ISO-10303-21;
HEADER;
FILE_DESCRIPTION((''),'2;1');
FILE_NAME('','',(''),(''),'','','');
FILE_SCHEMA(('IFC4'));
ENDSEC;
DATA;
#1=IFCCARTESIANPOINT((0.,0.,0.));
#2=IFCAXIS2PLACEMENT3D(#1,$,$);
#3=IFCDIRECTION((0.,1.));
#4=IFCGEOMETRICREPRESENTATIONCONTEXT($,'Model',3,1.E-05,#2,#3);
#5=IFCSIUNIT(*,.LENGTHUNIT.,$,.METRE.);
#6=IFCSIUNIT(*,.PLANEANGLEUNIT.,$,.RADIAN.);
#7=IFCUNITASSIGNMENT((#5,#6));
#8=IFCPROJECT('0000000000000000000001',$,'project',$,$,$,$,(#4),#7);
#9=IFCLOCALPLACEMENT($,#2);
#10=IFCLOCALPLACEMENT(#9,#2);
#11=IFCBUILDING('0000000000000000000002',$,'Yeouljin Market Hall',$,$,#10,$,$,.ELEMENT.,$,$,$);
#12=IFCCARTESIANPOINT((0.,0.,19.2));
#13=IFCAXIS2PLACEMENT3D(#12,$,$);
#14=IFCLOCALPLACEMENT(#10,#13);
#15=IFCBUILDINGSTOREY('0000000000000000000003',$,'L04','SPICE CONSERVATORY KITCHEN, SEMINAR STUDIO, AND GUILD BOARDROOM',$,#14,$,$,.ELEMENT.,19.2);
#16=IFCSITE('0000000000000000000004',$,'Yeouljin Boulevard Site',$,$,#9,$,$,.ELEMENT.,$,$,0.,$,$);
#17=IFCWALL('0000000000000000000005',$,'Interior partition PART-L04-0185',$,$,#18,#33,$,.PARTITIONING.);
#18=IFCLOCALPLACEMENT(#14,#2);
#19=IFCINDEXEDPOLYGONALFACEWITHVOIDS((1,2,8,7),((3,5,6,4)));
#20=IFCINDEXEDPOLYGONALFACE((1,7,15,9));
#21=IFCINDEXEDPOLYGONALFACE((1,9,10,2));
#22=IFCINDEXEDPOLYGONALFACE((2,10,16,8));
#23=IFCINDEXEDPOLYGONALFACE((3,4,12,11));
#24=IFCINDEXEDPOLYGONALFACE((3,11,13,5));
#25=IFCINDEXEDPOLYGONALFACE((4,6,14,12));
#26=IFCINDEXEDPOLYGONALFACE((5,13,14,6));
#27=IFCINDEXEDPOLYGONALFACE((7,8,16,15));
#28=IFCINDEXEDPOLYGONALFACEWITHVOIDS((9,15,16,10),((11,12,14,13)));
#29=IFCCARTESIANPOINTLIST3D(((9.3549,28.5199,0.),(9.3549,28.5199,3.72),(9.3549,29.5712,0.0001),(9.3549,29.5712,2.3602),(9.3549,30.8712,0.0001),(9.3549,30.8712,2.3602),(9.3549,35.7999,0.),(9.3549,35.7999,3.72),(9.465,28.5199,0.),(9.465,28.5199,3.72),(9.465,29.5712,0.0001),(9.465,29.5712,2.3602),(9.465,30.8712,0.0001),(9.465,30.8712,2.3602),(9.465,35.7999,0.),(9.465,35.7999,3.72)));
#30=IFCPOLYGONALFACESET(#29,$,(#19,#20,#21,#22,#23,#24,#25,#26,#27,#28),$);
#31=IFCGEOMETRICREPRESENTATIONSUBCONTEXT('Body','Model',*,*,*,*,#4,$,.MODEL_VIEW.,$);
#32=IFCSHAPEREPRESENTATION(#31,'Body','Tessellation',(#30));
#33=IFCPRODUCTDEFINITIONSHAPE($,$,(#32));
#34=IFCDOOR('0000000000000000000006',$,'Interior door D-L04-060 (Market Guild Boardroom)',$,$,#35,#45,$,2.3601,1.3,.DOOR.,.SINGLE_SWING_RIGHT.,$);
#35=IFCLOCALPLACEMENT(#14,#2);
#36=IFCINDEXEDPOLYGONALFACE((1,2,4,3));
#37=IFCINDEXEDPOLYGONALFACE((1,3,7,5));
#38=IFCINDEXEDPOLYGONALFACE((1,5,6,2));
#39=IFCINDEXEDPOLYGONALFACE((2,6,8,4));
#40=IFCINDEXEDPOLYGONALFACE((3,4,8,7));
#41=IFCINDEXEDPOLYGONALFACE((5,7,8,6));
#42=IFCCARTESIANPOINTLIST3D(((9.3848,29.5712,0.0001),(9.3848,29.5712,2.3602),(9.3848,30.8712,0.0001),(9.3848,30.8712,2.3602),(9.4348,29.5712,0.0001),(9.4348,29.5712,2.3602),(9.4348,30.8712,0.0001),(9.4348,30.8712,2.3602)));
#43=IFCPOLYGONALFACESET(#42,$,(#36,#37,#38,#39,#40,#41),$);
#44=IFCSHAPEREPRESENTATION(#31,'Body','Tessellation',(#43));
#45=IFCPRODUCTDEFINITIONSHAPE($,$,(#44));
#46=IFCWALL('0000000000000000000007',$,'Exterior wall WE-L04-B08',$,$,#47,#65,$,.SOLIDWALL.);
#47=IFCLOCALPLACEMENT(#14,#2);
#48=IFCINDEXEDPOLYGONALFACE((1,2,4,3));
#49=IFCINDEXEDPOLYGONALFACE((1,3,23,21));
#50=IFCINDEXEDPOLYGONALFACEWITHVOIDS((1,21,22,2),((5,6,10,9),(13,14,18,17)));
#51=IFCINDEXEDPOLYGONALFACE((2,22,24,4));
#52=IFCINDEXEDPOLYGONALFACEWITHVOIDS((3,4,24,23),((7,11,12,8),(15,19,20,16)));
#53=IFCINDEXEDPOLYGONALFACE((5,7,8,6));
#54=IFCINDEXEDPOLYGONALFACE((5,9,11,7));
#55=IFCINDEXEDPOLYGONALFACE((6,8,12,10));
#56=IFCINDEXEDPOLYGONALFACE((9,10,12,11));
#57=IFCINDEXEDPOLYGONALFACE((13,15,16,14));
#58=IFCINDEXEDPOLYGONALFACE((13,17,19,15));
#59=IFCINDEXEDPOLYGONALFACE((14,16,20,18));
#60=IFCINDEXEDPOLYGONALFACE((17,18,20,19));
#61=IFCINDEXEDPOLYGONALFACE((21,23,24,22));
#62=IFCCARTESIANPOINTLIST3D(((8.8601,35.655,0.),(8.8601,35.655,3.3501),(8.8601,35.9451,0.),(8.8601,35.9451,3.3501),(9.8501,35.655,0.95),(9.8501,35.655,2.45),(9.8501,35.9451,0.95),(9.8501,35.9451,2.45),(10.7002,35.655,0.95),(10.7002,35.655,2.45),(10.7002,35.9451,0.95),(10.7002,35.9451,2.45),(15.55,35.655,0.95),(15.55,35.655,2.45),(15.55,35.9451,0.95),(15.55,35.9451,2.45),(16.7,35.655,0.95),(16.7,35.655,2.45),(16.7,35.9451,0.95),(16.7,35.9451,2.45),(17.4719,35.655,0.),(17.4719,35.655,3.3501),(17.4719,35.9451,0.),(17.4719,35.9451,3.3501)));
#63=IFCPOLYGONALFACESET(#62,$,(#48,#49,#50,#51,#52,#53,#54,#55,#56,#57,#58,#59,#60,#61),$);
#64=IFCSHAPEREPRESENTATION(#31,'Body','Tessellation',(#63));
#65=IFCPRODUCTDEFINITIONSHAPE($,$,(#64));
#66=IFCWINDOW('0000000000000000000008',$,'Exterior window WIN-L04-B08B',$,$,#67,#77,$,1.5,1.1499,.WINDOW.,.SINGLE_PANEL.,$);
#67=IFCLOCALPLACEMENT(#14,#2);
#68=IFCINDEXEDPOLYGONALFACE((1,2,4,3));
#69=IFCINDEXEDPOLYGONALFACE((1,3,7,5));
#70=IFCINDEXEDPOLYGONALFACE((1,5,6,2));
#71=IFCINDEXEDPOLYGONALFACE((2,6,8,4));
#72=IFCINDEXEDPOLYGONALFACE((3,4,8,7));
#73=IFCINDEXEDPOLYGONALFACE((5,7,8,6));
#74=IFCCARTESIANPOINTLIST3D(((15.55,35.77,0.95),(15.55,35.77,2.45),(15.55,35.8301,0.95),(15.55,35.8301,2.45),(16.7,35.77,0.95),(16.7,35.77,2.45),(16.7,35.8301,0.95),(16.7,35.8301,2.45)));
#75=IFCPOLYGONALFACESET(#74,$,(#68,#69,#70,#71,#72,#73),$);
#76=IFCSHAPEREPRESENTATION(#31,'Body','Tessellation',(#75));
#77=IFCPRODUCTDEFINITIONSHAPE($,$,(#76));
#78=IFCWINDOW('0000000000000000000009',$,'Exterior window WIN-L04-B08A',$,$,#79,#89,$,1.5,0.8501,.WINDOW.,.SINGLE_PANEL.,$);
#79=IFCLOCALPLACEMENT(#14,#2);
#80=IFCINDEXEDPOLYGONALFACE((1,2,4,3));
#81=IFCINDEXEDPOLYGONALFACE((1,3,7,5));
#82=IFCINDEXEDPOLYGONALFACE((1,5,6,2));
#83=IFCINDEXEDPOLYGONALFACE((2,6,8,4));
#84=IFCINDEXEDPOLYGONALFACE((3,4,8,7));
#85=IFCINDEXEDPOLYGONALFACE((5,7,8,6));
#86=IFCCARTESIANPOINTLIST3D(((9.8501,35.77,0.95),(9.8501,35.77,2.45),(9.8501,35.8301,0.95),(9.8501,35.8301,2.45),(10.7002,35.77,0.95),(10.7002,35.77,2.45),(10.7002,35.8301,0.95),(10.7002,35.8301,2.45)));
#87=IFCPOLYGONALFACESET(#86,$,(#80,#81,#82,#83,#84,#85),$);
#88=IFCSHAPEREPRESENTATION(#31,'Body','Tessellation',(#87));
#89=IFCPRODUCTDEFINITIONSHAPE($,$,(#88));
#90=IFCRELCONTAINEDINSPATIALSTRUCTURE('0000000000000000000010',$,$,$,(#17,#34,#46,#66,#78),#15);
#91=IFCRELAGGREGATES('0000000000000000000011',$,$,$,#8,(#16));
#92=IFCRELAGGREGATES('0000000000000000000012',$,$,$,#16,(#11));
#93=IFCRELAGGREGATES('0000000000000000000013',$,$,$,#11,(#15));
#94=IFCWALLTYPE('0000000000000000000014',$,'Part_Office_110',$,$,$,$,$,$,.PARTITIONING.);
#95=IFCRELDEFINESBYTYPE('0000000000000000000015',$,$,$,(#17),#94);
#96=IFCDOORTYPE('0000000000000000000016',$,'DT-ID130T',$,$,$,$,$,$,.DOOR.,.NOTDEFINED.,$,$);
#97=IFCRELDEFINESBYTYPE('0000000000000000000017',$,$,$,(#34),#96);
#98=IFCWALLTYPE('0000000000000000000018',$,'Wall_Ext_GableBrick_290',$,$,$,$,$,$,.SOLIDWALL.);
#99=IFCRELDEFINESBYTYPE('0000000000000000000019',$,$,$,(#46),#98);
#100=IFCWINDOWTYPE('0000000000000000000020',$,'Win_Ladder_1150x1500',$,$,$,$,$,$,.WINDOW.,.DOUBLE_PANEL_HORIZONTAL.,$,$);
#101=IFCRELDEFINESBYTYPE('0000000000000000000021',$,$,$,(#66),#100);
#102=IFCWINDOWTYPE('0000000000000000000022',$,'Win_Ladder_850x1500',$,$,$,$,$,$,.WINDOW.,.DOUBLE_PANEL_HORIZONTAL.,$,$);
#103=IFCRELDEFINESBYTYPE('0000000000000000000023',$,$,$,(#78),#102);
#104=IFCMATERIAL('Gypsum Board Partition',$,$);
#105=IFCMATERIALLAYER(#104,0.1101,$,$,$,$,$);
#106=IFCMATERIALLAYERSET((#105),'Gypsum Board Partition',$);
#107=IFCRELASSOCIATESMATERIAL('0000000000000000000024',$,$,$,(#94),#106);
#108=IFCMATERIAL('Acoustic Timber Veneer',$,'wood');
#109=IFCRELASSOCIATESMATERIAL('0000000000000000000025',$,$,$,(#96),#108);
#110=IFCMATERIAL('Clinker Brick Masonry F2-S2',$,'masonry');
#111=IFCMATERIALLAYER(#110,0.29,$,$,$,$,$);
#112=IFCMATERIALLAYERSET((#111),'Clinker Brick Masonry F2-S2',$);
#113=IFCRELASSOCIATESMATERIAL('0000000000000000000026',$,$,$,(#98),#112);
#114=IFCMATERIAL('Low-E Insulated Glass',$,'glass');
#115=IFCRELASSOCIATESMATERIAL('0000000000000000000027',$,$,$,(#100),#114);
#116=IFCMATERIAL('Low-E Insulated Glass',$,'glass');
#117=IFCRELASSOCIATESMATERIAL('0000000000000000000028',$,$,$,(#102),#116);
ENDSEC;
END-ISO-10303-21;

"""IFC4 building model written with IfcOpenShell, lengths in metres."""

from ifc_helpers import new_model, si_unit, direction, frame, frame_2d, origin, place, context, subcontext, project, spatial, rectangle, extrude, material, layer, layer_set, type_object, element, fill, save


model = new_model("IFC4")

# Units and contexts
model_context = context("Model", 3, precision=1e-05, world=origin(), true_north=direction((0.0, 1.0)))
body_context = subcontext(model_context, "Body", "Model", "MODEL_VIEW")
ifc_project = project(units=[si_unit("LENGTHUNIT", "METRE"), si_unit("PLANEANGLEUNIT", "RADIAN")], contexts=[model_context])

# Site, building, storey
site_placement = place(None, origin())
site = spatial("IfcSite", under=ifc_project, at=site_placement, Name="Yeouljin Boulevard Site", CompositionType="ELEMENT", RefElevation=0.0)
building_placement = place(site_placement, origin())
building = spatial("IfcBuilding", under=site, at=building_placement, Name="Yeouljin Market Hall", CompositionType="ELEMENT")
storey_placement = place(building_placement, frame((0.0, 0.0, 19.2)))
storey = spatial("IfcBuildingStorey", under=building, at=storey_placement, Name="L04", Description="SPICE CONSERVATORY KITCHEN, SEMINAR STUDIO, AND GUILD BOARDROOM", CompositionType="ELEMENT", Elevation=19.2)

# Wall, opening, door
ifc_material_1 = material(Name="Gypsum Board Partition")
ifc_layer_1 = layer(ifc_material_1, 0.1101)
ifc_layer_set_1 = layer_set([ifc_layer_1], Name="Gypsum Board Partition")
wall_type_1 = type_object("IfcWallType", Name="Part_Office_110", PredefinedType="PARTITIONING", material=ifc_layer_set_1)
wall_1_placement = place(storey_placement, frame((9.4099, 35.8, 0.0), z_axis=(0.0, 0.0, 1.0), x_axis=(0.0, -1.0, 0.0)))
wall_1 = element("IfcWall", 1, at=wall_1_placement, inside=storey, type_object=wall_type_1, Name="Interior partition PART-L04-0185", PredefinedType="PARTITIONING", context=body_context, shape_type="SweptSolid", body=[
    extrude(rectangle(XDim=7.28, YDim=0.1101, at=frame_2d((3.6401, 0.0))), origin(), (0.0, 0.0, 1.0), 3.72),
])
opening_1_placement = place(wall_1_placement, frame((4.929, 0.0, 0.0)))
opening_1 = element("IfcOpeningElement", 2, at=opening_1_placement, cuts=wall_1, PredefinedType="OPENING", context=body_context, shape_type="SweptSolid", body=[
    extrude(rectangle(XDim=1.3, YDim=2.3601, at=frame_2d((0.6499, 1.1802))), frame((0.0, 0.0649, 0.0), z_axis=(0.0, -1.0, 0.0), x_axis=(1.0, 0.0, 0.0)), (0.0, 0.0, 1.0), 0.1301),
])
ifc_material_2 = material(Name="Acoustic Timber Veneer", Category="wood")
door_type = type_object("IfcDoorType", Name="DT-ID130T", OperationType="NOTDEFINED", PredefinedType="DOOR", material=ifc_material_2)
door_placement = place(opening_1_placement, origin())
door = element("IfcDoor", 3, at=door_placement, inside=storey, type_object=door_type, Name="Interior door D-L04-060 (Market Guild Boardroom)", OperationType="SINGLE_SWING_RIGHT", OverallHeight=2.3601, OverallWidth=1.3, PredefinedType="DOOR", context=body_context, shape_type="SweptSolid", body=[
    extrude(rectangle(XDim=1.3, YDim=2.3601, at=frame_2d((0.6499, 1.1802))), frame((0.0, 0.0249, 0.0), z_axis=(0.0, -1.0, 0.0), x_axis=(1.0, 0.0, 0.0)), (0.0, 0.0, 1.0), 0.05),
])
fill(opening_1, door)

# Wall, openings, windows
ifc_material_3 = material(Name="Clinker Brick Masonry F2-S2", Category="masonry")
ifc_layer_2 = layer(ifc_material_3, 0.29)
ifc_layer_set_2 = layer_set([ifc_layer_2], Name="Clinker Brick Masonry F2-S2")
wall_type_2 = type_object("IfcWallType", Name="Wall_Ext_GableBrick_290", PredefinedType="SOLIDWALL", material=ifc_layer_set_2)
wall_2_placement = place(storey_placement, frame((8.8601, 35.8, 0.0), z_axis=(0.0, 0.0, 1.0), x_axis=(1.0, 0.0, 0.0)))
wall_2 = element("IfcWall", 4, at=wall_2_placement, inside=storey, type_object=wall_type_2, Name="Exterior wall WE-L04-B08", PredefinedType="SOLIDWALL", context=body_context, shape_type="SweptSolid", body=[
    extrude(rectangle(XDim=8.6118, YDim=0.29, at=frame_2d((4.3059, 0.0))), origin(), (0.0, 0.0, 1.0), 3.3501),
])
opening_2_placement = place(wall_2_placement, frame((0.99, 0.0, 0.95)))
opening_2 = element("IfcOpeningElement", 5, at=opening_2_placement, cuts=wall_2, PredefinedType="OPENING", context=body_context, shape_type="SweptSolid", body=[
    extrude(rectangle(XDim=0.8501, YDim=1.5, at=frame_2d((0.425, 0.75))), frame((0.0, 0.155, 0.0), z_axis=(0.0, -1.0, 0.0), x_axis=(1.0, 0.0, 0.0)), (0.0, 0.0, 1.0), 0.3101),
])
opening_3_placement = place(wall_2_placement, frame((6.6899, 0.0, 0.95)))
opening_3 = element("IfcOpeningElement", 6, at=opening_3_placement, cuts=wall_2, PredefinedType="OPENING", context=body_context, shape_type="SweptSolid", body=[
    extrude(rectangle(XDim=1.1499, YDim=1.5, at=frame_2d((0.575, 0.75))), frame((0.0, 0.155, 0.0), z_axis=(0.0, -1.0, 0.0), x_axis=(1.0, 0.0, 0.0)), (0.0, 0.0, 1.0), 0.3101),
])
ifc_material_4 = material(Name="Low-E Insulated Glass", Category="glass")
window_type_1 = type_object("IfcWindowType", Name="Win_Ladder_1150x1500", PartitioningType="DOUBLE_PANEL_HORIZONTAL", PredefinedType="WINDOW", material=ifc_material_4)
window_1_placement = place(opening_3_placement, origin())
window_1 = element("IfcWindow", 7, at=window_1_placement, inside=storey, type_object=window_type_1, Name="Exterior window WIN-L04-B08B", OverallHeight=1.5, OverallWidth=1.1499, PartitioningType="SINGLE_PANEL", PredefinedType="WINDOW", context=body_context, shape_type="SweptSolid", body=[
    extrude(rectangle(XDim=1.1499, YDim=1.5, at=frame_2d((0.575, 0.75))), frame((0.0, 0.03, 0.0), z_axis=(0.0, -1.0, 0.0), x_axis=(1.0, 0.0, 0.0)), (0.0, 0.0, 1.0), 0.0601),
])
fill(opening_3, window_1)
ifc_material_5 = material(Name="Low-E Insulated Glass", Category="glass")
window_type_2 = type_object("IfcWindowType", Name="Win_Ladder_850x1500", PartitioningType="DOUBLE_PANEL_HORIZONTAL", PredefinedType="WINDOW", material=ifc_material_5)
window_2_placement = place(opening_2_placement, origin())
window_2 = element("IfcWindow", 8, at=window_2_placement, inside=storey, type_object=window_type_2, Name="Exterior window WIN-L04-B08A", OverallHeight=1.5, OverallWidth=0.8501, PartitioningType="SINGLE_PANEL", PredefinedType="WINDOW", context=body_context, shape_type="SweptSolid", body=[
    extrude(rectangle(XDim=0.8501, YDim=1.5, at=frame_2d((0.425, 0.75))), frame((0.0, 0.03, 0.0), z_axis=(0.0, -1.0, 0.0), x_axis=(1.0, 0.0, 0.0)), (0.0, 0.0, 1.0), 0.0601),
])
fill(opening_2, window_2)

save(model, "model.ifc")
